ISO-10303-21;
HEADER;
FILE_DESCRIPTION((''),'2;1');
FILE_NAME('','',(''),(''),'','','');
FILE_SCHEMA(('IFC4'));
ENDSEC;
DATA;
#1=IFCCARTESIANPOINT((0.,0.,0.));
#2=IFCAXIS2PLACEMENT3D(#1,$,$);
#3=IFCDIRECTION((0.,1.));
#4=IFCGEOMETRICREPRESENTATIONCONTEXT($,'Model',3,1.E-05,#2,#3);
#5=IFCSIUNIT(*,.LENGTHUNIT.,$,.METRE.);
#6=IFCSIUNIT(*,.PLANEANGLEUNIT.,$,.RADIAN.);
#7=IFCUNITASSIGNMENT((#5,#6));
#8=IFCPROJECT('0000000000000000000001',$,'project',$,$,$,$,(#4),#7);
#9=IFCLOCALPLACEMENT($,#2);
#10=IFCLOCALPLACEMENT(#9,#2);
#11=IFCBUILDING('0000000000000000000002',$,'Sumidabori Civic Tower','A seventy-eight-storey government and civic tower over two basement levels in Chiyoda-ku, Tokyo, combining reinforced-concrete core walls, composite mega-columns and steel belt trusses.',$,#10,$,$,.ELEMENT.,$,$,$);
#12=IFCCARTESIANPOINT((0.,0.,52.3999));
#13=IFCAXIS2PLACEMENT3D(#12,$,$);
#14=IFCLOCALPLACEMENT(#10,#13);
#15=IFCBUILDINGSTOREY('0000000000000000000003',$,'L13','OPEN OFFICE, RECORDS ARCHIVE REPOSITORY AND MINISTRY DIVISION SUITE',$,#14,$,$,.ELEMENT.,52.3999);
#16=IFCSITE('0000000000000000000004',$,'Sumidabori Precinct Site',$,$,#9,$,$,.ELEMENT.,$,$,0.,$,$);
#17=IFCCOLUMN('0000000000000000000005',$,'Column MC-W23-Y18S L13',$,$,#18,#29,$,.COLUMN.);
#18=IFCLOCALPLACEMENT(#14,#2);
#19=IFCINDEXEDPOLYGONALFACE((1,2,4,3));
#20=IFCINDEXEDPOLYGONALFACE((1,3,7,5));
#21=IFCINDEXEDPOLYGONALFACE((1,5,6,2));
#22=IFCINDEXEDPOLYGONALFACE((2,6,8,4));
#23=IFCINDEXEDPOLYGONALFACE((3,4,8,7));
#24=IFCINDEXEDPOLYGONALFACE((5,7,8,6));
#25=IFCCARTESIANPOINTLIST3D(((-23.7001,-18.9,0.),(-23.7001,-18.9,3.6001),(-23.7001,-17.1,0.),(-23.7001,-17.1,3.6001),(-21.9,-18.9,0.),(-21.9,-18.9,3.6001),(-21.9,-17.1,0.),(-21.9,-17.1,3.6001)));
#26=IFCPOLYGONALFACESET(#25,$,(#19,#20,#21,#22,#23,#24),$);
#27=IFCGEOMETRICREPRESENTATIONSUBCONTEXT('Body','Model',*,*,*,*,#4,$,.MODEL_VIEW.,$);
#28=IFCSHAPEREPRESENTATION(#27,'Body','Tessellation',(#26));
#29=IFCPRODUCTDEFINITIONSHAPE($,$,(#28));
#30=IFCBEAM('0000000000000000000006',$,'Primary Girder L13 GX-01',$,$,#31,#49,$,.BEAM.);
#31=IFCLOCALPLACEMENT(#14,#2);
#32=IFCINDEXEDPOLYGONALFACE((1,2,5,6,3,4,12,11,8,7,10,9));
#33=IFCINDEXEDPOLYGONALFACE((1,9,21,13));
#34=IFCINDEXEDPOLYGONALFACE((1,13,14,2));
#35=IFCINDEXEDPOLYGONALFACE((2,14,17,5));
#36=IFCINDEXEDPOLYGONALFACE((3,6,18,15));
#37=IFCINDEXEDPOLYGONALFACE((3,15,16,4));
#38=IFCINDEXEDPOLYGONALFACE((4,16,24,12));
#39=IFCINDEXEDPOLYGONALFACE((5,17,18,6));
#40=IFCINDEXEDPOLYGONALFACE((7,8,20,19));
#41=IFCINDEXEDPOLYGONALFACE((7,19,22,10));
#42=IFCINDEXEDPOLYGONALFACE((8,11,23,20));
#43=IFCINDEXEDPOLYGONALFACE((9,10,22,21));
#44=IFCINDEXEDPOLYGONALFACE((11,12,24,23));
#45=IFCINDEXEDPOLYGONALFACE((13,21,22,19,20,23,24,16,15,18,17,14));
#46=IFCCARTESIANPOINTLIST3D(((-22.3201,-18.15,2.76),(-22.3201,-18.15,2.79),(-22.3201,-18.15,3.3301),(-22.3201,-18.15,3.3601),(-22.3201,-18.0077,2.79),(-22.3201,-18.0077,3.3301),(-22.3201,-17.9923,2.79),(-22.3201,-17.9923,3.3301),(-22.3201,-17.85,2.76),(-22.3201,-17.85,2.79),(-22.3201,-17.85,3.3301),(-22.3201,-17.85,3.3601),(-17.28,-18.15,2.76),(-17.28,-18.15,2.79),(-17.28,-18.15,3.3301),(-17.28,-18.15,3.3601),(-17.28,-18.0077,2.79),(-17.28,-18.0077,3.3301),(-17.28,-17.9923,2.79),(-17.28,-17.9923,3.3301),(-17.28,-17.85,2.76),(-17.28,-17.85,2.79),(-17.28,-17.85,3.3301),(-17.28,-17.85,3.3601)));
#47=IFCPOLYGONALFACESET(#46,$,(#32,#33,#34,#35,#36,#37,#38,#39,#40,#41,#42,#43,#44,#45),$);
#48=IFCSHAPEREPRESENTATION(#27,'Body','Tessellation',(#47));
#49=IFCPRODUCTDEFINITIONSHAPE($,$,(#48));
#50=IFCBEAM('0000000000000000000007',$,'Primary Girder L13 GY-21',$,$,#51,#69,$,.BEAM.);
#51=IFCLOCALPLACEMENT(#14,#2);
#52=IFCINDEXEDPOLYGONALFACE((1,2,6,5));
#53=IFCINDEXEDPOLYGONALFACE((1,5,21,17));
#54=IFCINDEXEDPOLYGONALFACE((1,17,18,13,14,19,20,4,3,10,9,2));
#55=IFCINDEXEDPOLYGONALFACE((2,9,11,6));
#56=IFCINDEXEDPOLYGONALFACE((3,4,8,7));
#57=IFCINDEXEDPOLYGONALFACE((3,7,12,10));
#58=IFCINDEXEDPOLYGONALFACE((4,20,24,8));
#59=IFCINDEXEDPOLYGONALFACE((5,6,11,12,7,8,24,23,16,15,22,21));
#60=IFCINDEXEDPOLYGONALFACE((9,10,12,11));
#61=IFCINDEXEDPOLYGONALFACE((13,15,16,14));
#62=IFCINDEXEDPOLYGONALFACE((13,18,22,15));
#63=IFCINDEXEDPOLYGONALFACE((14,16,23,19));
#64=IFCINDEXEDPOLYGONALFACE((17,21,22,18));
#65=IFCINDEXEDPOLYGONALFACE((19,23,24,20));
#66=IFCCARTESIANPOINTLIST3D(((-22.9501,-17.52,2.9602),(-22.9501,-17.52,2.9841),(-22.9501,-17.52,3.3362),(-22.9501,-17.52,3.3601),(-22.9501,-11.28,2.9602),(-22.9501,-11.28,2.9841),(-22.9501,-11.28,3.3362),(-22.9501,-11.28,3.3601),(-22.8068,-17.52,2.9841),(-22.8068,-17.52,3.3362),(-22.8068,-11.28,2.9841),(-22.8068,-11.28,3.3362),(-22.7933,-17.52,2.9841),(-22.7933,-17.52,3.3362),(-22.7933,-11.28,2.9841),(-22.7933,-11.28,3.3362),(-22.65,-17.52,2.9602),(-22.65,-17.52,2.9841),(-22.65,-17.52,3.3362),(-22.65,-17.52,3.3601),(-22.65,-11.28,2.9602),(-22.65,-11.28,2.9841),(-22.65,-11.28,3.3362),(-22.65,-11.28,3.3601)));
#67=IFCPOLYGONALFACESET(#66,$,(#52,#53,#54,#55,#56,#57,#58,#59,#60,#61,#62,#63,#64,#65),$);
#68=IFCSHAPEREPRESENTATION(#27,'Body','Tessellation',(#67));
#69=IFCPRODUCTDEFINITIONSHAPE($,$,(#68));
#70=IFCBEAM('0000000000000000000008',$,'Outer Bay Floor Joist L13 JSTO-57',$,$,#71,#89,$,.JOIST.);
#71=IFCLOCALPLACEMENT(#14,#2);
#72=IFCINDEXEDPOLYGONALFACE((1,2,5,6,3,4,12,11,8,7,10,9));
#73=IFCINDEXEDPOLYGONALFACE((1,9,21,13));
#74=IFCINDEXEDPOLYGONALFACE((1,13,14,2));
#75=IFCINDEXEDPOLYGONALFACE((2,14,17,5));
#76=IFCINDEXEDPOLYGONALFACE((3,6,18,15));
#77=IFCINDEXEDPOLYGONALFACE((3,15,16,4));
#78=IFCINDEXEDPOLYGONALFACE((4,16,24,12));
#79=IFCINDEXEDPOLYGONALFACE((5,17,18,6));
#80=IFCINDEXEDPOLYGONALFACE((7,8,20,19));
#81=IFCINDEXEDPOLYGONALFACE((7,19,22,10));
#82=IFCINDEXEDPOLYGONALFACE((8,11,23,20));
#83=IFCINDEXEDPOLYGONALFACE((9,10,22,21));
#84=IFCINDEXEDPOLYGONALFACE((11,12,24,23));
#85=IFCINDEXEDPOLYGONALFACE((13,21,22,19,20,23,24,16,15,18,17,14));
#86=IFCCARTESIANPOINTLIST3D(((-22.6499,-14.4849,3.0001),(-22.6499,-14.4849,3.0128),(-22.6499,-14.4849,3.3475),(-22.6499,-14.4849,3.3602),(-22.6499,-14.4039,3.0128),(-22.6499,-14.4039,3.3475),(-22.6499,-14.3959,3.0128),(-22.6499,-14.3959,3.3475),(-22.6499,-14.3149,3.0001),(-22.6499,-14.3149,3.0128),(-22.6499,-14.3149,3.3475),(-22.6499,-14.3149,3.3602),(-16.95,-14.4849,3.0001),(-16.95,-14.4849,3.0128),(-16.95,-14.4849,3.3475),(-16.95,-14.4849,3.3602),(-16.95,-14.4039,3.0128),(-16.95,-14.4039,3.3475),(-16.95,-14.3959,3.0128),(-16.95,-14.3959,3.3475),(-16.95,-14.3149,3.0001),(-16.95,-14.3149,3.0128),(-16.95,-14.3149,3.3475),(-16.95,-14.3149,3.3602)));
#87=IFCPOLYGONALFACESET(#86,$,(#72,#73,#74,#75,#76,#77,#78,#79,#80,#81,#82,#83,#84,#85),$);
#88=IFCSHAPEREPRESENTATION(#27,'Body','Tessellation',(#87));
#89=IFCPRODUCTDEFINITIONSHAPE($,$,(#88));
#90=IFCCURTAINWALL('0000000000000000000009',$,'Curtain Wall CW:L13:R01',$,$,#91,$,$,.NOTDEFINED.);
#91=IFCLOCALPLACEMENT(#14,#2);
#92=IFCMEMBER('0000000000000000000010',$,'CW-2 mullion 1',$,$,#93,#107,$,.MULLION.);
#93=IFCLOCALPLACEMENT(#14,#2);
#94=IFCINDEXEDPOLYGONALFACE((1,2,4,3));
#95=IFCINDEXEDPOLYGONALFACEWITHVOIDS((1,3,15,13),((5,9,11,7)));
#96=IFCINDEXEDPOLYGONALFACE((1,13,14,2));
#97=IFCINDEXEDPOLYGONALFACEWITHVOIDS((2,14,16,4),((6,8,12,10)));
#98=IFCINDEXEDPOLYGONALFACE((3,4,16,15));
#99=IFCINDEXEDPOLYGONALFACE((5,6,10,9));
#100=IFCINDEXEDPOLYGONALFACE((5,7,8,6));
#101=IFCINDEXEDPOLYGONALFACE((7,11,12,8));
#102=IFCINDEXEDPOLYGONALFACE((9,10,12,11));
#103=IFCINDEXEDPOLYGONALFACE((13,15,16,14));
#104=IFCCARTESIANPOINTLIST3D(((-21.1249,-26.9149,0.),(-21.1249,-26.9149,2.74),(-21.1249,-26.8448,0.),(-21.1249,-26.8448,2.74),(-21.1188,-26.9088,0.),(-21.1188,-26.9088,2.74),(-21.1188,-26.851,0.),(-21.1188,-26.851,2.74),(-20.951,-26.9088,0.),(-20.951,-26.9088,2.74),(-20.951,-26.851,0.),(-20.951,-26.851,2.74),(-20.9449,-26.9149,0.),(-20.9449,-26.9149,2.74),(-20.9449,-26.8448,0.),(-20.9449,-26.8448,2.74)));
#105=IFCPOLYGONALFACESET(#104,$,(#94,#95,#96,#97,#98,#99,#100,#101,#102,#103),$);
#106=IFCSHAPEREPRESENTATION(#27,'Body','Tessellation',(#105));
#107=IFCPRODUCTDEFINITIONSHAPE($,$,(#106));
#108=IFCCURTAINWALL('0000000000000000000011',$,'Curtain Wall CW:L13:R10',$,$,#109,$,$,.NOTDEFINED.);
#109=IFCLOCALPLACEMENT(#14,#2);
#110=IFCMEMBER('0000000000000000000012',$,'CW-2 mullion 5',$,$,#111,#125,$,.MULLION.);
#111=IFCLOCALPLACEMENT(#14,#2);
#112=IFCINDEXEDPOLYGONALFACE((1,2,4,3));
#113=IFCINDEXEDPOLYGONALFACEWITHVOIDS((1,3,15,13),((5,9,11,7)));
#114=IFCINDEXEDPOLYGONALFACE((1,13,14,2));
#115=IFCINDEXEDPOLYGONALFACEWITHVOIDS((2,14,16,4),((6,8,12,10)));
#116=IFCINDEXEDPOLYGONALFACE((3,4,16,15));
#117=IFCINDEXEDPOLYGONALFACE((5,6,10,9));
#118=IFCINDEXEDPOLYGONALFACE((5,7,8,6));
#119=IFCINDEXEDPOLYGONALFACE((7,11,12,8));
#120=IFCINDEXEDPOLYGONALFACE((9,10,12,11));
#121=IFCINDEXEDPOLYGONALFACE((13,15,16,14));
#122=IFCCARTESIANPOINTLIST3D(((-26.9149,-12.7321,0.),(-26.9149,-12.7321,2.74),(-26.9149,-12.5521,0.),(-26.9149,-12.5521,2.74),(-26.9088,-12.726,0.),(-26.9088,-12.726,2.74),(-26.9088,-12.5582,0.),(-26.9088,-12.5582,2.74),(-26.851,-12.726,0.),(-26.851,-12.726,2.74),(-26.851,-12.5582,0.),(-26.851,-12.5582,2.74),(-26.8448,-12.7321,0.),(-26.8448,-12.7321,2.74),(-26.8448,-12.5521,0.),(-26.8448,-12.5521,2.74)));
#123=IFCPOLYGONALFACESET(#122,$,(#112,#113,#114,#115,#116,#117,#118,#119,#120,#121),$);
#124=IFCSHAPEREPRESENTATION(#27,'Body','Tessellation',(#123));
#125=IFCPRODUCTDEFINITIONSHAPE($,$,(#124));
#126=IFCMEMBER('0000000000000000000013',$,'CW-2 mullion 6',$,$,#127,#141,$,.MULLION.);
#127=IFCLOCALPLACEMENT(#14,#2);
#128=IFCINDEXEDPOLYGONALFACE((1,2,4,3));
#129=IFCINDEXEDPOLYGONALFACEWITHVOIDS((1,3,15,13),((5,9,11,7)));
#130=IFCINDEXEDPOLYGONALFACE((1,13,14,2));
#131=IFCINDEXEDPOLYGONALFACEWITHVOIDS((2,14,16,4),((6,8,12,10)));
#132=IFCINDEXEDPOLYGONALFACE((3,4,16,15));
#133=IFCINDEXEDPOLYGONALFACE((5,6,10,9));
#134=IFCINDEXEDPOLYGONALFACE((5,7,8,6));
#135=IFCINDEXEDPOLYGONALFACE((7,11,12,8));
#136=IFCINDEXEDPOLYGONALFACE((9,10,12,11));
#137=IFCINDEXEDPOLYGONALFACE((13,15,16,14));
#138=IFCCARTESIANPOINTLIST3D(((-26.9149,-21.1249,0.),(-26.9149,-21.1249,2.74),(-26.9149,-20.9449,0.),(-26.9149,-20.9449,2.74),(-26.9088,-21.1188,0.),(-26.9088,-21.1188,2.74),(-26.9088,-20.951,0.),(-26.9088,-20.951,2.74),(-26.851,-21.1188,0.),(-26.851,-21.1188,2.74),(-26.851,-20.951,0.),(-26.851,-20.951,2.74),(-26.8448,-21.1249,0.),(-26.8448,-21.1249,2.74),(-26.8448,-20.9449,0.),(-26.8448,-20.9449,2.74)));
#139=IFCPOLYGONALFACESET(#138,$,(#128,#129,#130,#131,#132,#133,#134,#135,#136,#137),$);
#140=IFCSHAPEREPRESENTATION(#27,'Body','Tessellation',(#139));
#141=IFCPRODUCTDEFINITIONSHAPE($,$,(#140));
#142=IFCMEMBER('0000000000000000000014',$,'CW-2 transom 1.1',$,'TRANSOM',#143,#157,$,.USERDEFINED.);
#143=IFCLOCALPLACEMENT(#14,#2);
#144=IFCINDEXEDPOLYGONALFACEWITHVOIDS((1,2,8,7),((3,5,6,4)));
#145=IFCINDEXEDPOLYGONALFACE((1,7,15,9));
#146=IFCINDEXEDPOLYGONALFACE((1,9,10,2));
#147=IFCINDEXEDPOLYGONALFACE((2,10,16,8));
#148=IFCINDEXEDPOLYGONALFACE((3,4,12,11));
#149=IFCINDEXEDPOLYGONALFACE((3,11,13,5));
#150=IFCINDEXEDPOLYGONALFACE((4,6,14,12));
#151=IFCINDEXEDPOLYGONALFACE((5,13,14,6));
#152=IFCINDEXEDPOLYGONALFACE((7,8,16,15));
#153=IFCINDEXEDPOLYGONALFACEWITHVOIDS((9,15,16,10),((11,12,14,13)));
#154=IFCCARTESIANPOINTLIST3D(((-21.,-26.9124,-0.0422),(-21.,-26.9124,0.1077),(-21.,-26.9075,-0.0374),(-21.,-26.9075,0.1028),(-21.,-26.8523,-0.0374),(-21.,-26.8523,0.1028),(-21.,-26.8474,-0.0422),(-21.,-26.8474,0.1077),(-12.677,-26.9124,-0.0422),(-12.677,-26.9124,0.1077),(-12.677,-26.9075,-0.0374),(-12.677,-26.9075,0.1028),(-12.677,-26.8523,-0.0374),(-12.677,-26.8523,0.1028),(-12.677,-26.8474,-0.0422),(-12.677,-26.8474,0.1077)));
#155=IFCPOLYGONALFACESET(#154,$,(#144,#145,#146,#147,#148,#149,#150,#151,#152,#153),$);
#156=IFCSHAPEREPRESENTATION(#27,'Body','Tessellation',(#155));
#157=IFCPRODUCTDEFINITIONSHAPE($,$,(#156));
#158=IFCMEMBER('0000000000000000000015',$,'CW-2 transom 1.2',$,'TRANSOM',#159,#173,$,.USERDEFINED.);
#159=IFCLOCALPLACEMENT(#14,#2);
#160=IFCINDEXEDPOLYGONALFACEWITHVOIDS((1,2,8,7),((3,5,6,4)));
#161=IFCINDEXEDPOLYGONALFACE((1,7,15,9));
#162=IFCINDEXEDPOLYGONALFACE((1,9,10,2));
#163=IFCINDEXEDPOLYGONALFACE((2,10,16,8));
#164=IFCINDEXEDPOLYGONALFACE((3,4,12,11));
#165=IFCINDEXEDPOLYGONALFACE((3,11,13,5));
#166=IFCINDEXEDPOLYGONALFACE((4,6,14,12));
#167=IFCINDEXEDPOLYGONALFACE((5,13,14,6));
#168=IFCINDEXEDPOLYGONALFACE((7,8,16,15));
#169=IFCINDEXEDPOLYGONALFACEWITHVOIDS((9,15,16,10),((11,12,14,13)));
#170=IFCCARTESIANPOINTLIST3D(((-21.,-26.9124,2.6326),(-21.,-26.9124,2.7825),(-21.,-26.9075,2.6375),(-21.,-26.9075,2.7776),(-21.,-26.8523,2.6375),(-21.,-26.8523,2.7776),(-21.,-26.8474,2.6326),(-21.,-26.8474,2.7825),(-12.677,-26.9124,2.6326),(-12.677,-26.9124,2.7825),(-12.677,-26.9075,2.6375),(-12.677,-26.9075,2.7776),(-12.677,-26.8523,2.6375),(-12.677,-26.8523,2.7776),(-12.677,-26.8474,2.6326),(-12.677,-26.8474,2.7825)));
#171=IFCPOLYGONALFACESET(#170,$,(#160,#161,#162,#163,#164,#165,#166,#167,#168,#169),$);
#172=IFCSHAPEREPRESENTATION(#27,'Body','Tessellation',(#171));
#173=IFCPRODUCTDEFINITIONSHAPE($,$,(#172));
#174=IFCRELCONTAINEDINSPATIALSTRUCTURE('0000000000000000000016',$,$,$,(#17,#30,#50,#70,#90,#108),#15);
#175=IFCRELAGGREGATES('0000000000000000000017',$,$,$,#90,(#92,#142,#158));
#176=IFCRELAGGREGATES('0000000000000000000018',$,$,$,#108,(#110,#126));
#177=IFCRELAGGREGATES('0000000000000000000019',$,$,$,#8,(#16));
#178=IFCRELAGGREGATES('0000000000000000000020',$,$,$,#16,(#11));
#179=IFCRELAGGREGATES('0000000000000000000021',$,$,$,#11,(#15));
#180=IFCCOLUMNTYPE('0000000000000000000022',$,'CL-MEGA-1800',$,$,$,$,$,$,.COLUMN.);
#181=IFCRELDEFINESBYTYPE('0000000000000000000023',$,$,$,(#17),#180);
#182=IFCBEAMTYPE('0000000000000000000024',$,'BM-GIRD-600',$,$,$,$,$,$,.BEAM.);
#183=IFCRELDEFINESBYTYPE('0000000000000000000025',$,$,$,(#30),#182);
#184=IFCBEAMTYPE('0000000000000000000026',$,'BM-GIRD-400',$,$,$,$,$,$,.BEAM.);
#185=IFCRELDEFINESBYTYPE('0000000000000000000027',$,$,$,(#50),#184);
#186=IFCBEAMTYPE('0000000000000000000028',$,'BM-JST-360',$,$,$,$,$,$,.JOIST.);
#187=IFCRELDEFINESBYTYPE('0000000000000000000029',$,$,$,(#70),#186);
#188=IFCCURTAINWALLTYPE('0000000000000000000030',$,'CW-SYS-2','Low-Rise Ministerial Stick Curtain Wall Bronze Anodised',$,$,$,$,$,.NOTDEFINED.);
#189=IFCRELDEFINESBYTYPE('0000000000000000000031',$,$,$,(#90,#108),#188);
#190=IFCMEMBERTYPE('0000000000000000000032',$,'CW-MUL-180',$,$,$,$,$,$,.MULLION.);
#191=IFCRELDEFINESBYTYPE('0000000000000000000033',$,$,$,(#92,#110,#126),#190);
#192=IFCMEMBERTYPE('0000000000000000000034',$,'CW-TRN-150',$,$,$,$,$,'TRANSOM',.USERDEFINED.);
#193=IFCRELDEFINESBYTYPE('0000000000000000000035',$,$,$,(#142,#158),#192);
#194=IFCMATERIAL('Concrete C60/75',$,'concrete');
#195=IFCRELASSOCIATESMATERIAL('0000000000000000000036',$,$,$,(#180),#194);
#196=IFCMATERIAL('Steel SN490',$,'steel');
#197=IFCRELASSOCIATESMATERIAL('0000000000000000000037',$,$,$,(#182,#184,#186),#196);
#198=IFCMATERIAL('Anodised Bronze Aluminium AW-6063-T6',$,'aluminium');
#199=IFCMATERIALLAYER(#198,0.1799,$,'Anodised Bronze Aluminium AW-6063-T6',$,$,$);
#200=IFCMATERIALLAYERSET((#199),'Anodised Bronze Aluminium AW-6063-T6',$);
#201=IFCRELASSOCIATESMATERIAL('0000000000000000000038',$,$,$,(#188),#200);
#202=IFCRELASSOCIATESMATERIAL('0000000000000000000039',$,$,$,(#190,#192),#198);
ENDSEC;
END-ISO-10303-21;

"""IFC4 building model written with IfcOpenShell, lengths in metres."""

from ifc_helpers import new_model, si_unit, direction, frame, origin, origin_2d, place, context, subcontext, project, spatial, rectangle, hollow_rectangle, i_section, extrude, source, transform, mapped, material, layer, layer_set, material_profile, profile_set, type_object, element, aggregate, save


model = new_model("IFC4")

# Units and contexts
model_context = context("Model", 3, precision=1e-05, world=origin(), true_north=direction((0.0, 1.0)))
body_context = subcontext(model_context, "Body", "Model", "MODEL_VIEW")
ifc_project = project(units=[si_unit("LENGTHUNIT", "METRE"), si_unit("PLANEANGLEUNIT", "RADIAN")], contexts=[model_context])

# Site, building, storey
site_placement = place(None, origin())
site = spatial("IfcSite", under=ifc_project, at=site_placement, Name="Sumidabori Precinct Site", CompositionType="ELEMENT", RefElevation=0.0)
building_placement = place(site_placement, origin())
building = spatial("IfcBuilding", under=site, at=building_placement, Name="Sumidabori Civic Tower", Description="A seventy-eight-storey government and civic tower over two basement levels in Chiyoda-ku, Tokyo, combining reinforced-concrete core walls, composite mega-columns and steel belt trusses.", CompositionType="ELEMENT")
storey_placement = place(building_placement, frame((0.0, 0.0, 52.3999)))
storey = spatial("IfcBuildingStorey", under=building, at=storey_placement, Name="L13", Description="OPEN OFFICE, RECORDS ARCHIVE REPOSITORY AND MINISTRY DIVISION SUITE", CompositionType="ELEMENT", Elevation=52.3999)

# Column
ifc_material_1 = material(Name="Concrete C60/75", Category="concrete")
ifc_material_profile_1 = material_profile(ifc_material_1, rectangle(XDim=1.8, YDim=1.8, at=origin_2d()), Name="RC 1800x1800")
ifc_profile_set_1 = profile_set([ifc_material_profile_1], Name="Concrete C60/75")
column_type = type_object("IfcColumnType", Name="CL-MEGA-1800", PredefinedType="COLUMN", material=ifc_profile_set_1)
shared_shape_1 = source(origin(), body_context, "Body", "SweptSolid", [
    extrude(rectangle(XDim=1.8, YDim=1.8, at=origin_2d()), origin(), (0.0, 0.0, 1.0), 3.6001),
])
column_placement = place(storey_placement, frame((-22.8, -18.0, 0.0), z_axis=(0.0, 0.0, 1.0), x_axis=(1.0, 0.0, 0.0)))
element("IfcColumn", 1, at=column_placement, inside=storey, type_object=column_type, Name="Column MC-W23-Y18S L13", PredefinedType="COLUMN", context=body_context, shape_type="MappedRepresentation", body=[
    mapped(shared_shape_1, transform((0.0, 0.0, 0.0), x_axis=(1.0, 0.0, 0.0), y_axis=(0.0, 1.0, 0.0), z_axis=(0.0, 0.0, 1.0), scale=1.0)),
])

# Beams
ifc_material_2 = material(Name="Steel SN490", Category="steel")
ifc_material_profile_2 = material_profile(ifc_material_2, i_section(OverallWidth=0.3, OverallDepth=0.6001, WebThickness=0.0154, FlangeThickness=0.03, at=origin_2d()), Name="HE 600 B")
ifc_profile_set_2 = profile_set([ifc_material_profile_2], Name="Steel SN490")
beam_type_1 = type_object("IfcBeamType", Name="BM-GIRD-600", PredefinedType="BEAM", material=ifc_profile_set_2)
shared_shape_2 = source(origin(), body_context, "Body", "SweptSolid", [
    extrude(i_section(OverallWidth=0.3, OverallDepth=0.6001, WebThickness=0.0154, FlangeThickness=0.03, at=origin_2d()), origin(), (0.0, 0.0, 1.0), 5.04),
])
beam_1_placement = place(storey_placement, frame((-22.3201, -18.0, 3.0601), z_axis=(1.0, 0.0, 0.0), x_axis=(0.0, 1.0, 0.0)))
element("IfcBeam", 2, at=beam_1_placement, inside=storey, type_object=beam_type_1, Name="Primary Girder L13 GX-01", PredefinedType="BEAM", context=body_context, shape_type="MappedRepresentation", body=[
    mapped(shared_shape_2, transform((0.0, 0.0, 0.0), x_axis=(1.0, 0.0, 0.0), y_axis=(0.0, 1.0, 0.0), z_axis=(0.0, 0.0, 1.0), scale=1.0)),
])
ifc_material_profile_3 = material_profile(ifc_material_2, i_section(OverallWidth=0.3, OverallDepth=0.3999, WebThickness=0.0134, FlangeThickness=0.0239, at=origin_2d()), Name="HE 400 B")
ifc_profile_set_3 = profile_set([ifc_material_profile_3], Name="Steel SN490")
beam_type_2 = type_object("IfcBeamType", Name="BM-GIRD-400", PredefinedType="BEAM", material=ifc_profile_set_3)
shared_shape_3 = source(origin(), body_context, "Body", "SweptSolid", [
    extrude(i_section(OverallWidth=0.3, OverallDepth=0.3999, WebThickness=0.0134, FlangeThickness=0.0239, at=origin_2d()), origin(), (0.0, 0.0, 1.0), 6.24),
])
beam_2_placement = place(storey_placement, frame((-22.8, -17.52, 3.1602), z_axis=(0.0, 1.0, 0.0), x_axis=(-1.0, 0.0, 0.0)))
element("IfcBeam", 3, at=beam_2_placement, inside=storey, type_object=beam_type_2, Name="Primary Girder L13 GY-21", PredefinedType="BEAM", context=body_context, shape_type="MappedRepresentation", body=[
    mapped(shared_shape_3, transform((0.0, 0.0, 0.0), x_axis=(1.0, 0.0, 0.0), y_axis=(0.0, 1.0, 0.0), z_axis=(0.0, 0.0, 1.0), scale=1.0)),
])
ifc_material_profile_4 = material_profile(ifc_material_2, i_section(OverallWidth=0.1699, OverallDepth=0.3601, WebThickness=0.0081, FlangeThickness=0.0127, at=origin_2d()), Name="IPE 360")
ifc_profile_set_4 = profile_set([ifc_material_profile_4], Name="Steel SN490")
beam_type_3 = type_object("IfcBeamType", Name="BM-JST-360", PredefinedType="JOIST", material=ifc_profile_set_4)
shared_shape_4 = source(origin(), body_context, "Body", "SweptSolid", [
    extrude(i_section(OverallWidth=0.1699, OverallDepth=0.3601, WebThickness=0.0081, FlangeThickness=0.0127, at=origin_2d()), origin(), (0.0, 0.0, 1.0), 5.7),
])
beam_3_placement = place(storey_placement, frame((-22.6499, -14.3999, 3.1802), z_axis=(1.0, 0.0, 0.0), x_axis=(0.0, 1.0, 0.0)))
element("IfcBeam", 4, at=beam_3_placement, inside=storey, type_object=beam_type_3, Name="Outer Bay Floor Joist L13 JSTO-57", PredefinedType="JOIST", context=body_context, shape_type="MappedRepresentation", body=[
    mapped(shared_shape_4, transform((0.0, 0.0, 0.0), x_axis=(1.0, 0.0, 0.0), y_axis=(0.0, 1.0, 0.0), z_axis=(0.0, 0.0, 1.0), scale=1.0)),
])

# Curtain wall, member
ifc_material_3 = material(Name="Anodised Bronze Aluminium AW-6063-T6", Category="aluminium")
ifc_layer_1 = layer(ifc_material_3, 0.1799, Name="Anodised Bronze Aluminium AW-6063-T6")
ifc_layer_set_1 = layer_set([ifc_layer_1], Name="Anodised Bronze Aluminium AW-6063-T6")
curtain_wall_type = type_object("IfcCurtainWallType", Name="CW-SYS-2", Description="Low-Rise Ministerial Stick Curtain Wall Bronze Anodised", PredefinedType="NOTDEFINED", material=ifc_layer_set_1)
curtain_wall_1_placement = place(storey_placement, origin())
curtain_wall_1 = element("IfcCurtainWall", 5, at=curtain_wall_1_placement, inside=storey, type_object=curtain_wall_type, Name="Curtain Wall CW:L13:R01", PredefinedType="NOTDEFINED")
ifc_material_profile_5 = material_profile(ifc_material_3, hollow_rectangle(XDim=0.0701, YDim=0.1799, WallThickness=0.0061, at=origin_2d()), Name="ALU MULLION 180x70")
ifc_profile_set_5 = profile_set([ifc_material_profile_5], Name="Anodised Bronze Aluminium AW-6063-T6")
member_type_1 = type_object("IfcMemberType", Name="CW-MUL-180", PredefinedType="MULLION", material=ifc_profile_set_5)
shared_shape_5 = source(origin(), body_context, "Body", "SweptSolid", [
    extrude(hollow_rectangle(XDim=0.0701, YDim=0.1799, WallThickness=0.0061, at=origin_2d()), origin(), (0.0, 0.0, 1.0), 2.74),
])
member_1_placement = place(storey_placement, frame((-21.0349, -26.8799, 0.0), z_axis=(0.0, 0.0, 1.0), x_axis=(0.0, 1.0, 0.0)))
member_1 = element("IfcMember", 6, at=member_1_placement, type_object=member_type_1, Name="CW-2 mullion 1", PredefinedType="MULLION", context=body_context, shape_type="MappedRepresentation", body=[
    mapped(shared_shape_5, transform((0.0, 0.0, 0.0), x_axis=(1.0, 0.0, 0.0), y_axis=(0.0, 1.0, 0.0), z_axis=(0.0, 0.0, 1.0), scale=1.0)),
])

# Curtain wall, members
curtain_wall_2_placement = place(storey_placement, origin())
curtain_wall_2 = element("IfcCurtainWall", 7, at=curtain_wall_2_placement, inside=storey, type_object=curtain_wall_type, Name="Curtain Wall CW:L13:R10", PredefinedType="NOTDEFINED")
member_2_placement = place(storey_placement, frame((-26.8799, -12.6421, 0.0), z_axis=(0.0, 0.0, 1.0), x_axis=(1.0, 0.0, 0.0)))
member_2 = element("IfcMember", 8, at=member_2_placement, type_object=member_type_1, Name="CW-2 mullion 5", PredefinedType="MULLION", context=body_context, shape_type="MappedRepresentation", body=[
    mapped(shared_shape_5, transform((0.0, 0.0, 0.0), x_axis=(1.0, 0.0, 0.0), y_axis=(0.0, 1.0, 0.0), z_axis=(0.0, 0.0, 1.0), scale=1.0)),
])
member_3_placement = place(storey_placement, frame((-26.8799, -21.0349, 0.0), z_axis=(0.0, 0.0, 1.0), x_axis=(1.0, 0.0, 0.0)))
member_3 = element("IfcMember", 9, at=member_3_placement, type_object=member_type_1, Name="CW-2 mullion 6", PredefinedType="MULLION", context=body_context, shape_type="MappedRepresentation", body=[
    mapped(shared_shape_5, transform((0.0, 0.0, 0.0), x_axis=(1.0, 0.0, 0.0), y_axis=(0.0, 1.0, 0.0), z_axis=(0.0, 0.0, 1.0), scale=1.0)),
])

# Members
ifc_material_profile_6 = material_profile(ifc_material_3, hollow_rectangle(XDim=0.0649, YDim=0.1499, WallThickness=0.0049, at=origin_2d()), Name="ALU TRANSOM 150x65")
ifc_profile_set_6 = profile_set([ifc_material_profile_6], Name="Anodised Bronze Aluminium AW-6063-T6")
member_type_2 = type_object("IfcMemberType", Name="CW-TRN-150", ElementType="TRANSOM", PredefinedType="USERDEFINED", material=ifc_profile_set_6)
shared_shape_6 = source(origin(), body_context, "Body", "SweptSolid", [
    extrude(hollow_rectangle(XDim=0.0649, YDim=0.1499, WallThickness=0.0049, at=origin_2d()), origin(), (0.0, 0.0, 1.0), 8.323),
])
member_4_placement = place(storey_placement, frame((-21.0, -26.8799, 0.0327), z_axis=(1.0, 0.0, 0.0), x_axis=(0.0, 1.0, 0.0)))
member_4 = element("IfcMember", 10, at=member_4_placement, type_object=member_type_2, Name="CW-2 transom 1.1", ObjectType="TRANSOM", PredefinedType="USERDEFINED", context=body_context, shape_type="MappedRepresentation", body=[
    mapped(shared_shape_6, transform((0.0, 0.0, 0.0), x_axis=(1.0, 0.0, 0.0), y_axis=(0.0, 1.0, 0.0), z_axis=(0.0, 0.0, 1.0), scale=1.0)),
])
member_5_placement = place(storey_placement, frame((-21.0, -26.8799, 2.7075), z_axis=(1.0, 0.0, 0.0), x_axis=(0.0, 1.0, 0.0)))
member_5 = element("IfcMember", 11, at=member_5_placement, type_object=member_type_2, Name="CW-2 transom 1.2", ObjectType="TRANSOM", PredefinedType="USERDEFINED", context=body_context, shape_type="MappedRepresentation", body=[
    mapped(shared_shape_6, transform((0.0, 0.0, 0.0), x_axis=(1.0, 0.0, 0.0), y_axis=(0.0, 1.0, 0.0), z_axis=(0.0, 0.0, 1.0), scale=1.0)),
])
aggregate(curtain_wall_1, [member_1, member_4, member_5])

aggregate(curtain_wall_2, [member_2, member_3])

save(model, "model.ifc")
